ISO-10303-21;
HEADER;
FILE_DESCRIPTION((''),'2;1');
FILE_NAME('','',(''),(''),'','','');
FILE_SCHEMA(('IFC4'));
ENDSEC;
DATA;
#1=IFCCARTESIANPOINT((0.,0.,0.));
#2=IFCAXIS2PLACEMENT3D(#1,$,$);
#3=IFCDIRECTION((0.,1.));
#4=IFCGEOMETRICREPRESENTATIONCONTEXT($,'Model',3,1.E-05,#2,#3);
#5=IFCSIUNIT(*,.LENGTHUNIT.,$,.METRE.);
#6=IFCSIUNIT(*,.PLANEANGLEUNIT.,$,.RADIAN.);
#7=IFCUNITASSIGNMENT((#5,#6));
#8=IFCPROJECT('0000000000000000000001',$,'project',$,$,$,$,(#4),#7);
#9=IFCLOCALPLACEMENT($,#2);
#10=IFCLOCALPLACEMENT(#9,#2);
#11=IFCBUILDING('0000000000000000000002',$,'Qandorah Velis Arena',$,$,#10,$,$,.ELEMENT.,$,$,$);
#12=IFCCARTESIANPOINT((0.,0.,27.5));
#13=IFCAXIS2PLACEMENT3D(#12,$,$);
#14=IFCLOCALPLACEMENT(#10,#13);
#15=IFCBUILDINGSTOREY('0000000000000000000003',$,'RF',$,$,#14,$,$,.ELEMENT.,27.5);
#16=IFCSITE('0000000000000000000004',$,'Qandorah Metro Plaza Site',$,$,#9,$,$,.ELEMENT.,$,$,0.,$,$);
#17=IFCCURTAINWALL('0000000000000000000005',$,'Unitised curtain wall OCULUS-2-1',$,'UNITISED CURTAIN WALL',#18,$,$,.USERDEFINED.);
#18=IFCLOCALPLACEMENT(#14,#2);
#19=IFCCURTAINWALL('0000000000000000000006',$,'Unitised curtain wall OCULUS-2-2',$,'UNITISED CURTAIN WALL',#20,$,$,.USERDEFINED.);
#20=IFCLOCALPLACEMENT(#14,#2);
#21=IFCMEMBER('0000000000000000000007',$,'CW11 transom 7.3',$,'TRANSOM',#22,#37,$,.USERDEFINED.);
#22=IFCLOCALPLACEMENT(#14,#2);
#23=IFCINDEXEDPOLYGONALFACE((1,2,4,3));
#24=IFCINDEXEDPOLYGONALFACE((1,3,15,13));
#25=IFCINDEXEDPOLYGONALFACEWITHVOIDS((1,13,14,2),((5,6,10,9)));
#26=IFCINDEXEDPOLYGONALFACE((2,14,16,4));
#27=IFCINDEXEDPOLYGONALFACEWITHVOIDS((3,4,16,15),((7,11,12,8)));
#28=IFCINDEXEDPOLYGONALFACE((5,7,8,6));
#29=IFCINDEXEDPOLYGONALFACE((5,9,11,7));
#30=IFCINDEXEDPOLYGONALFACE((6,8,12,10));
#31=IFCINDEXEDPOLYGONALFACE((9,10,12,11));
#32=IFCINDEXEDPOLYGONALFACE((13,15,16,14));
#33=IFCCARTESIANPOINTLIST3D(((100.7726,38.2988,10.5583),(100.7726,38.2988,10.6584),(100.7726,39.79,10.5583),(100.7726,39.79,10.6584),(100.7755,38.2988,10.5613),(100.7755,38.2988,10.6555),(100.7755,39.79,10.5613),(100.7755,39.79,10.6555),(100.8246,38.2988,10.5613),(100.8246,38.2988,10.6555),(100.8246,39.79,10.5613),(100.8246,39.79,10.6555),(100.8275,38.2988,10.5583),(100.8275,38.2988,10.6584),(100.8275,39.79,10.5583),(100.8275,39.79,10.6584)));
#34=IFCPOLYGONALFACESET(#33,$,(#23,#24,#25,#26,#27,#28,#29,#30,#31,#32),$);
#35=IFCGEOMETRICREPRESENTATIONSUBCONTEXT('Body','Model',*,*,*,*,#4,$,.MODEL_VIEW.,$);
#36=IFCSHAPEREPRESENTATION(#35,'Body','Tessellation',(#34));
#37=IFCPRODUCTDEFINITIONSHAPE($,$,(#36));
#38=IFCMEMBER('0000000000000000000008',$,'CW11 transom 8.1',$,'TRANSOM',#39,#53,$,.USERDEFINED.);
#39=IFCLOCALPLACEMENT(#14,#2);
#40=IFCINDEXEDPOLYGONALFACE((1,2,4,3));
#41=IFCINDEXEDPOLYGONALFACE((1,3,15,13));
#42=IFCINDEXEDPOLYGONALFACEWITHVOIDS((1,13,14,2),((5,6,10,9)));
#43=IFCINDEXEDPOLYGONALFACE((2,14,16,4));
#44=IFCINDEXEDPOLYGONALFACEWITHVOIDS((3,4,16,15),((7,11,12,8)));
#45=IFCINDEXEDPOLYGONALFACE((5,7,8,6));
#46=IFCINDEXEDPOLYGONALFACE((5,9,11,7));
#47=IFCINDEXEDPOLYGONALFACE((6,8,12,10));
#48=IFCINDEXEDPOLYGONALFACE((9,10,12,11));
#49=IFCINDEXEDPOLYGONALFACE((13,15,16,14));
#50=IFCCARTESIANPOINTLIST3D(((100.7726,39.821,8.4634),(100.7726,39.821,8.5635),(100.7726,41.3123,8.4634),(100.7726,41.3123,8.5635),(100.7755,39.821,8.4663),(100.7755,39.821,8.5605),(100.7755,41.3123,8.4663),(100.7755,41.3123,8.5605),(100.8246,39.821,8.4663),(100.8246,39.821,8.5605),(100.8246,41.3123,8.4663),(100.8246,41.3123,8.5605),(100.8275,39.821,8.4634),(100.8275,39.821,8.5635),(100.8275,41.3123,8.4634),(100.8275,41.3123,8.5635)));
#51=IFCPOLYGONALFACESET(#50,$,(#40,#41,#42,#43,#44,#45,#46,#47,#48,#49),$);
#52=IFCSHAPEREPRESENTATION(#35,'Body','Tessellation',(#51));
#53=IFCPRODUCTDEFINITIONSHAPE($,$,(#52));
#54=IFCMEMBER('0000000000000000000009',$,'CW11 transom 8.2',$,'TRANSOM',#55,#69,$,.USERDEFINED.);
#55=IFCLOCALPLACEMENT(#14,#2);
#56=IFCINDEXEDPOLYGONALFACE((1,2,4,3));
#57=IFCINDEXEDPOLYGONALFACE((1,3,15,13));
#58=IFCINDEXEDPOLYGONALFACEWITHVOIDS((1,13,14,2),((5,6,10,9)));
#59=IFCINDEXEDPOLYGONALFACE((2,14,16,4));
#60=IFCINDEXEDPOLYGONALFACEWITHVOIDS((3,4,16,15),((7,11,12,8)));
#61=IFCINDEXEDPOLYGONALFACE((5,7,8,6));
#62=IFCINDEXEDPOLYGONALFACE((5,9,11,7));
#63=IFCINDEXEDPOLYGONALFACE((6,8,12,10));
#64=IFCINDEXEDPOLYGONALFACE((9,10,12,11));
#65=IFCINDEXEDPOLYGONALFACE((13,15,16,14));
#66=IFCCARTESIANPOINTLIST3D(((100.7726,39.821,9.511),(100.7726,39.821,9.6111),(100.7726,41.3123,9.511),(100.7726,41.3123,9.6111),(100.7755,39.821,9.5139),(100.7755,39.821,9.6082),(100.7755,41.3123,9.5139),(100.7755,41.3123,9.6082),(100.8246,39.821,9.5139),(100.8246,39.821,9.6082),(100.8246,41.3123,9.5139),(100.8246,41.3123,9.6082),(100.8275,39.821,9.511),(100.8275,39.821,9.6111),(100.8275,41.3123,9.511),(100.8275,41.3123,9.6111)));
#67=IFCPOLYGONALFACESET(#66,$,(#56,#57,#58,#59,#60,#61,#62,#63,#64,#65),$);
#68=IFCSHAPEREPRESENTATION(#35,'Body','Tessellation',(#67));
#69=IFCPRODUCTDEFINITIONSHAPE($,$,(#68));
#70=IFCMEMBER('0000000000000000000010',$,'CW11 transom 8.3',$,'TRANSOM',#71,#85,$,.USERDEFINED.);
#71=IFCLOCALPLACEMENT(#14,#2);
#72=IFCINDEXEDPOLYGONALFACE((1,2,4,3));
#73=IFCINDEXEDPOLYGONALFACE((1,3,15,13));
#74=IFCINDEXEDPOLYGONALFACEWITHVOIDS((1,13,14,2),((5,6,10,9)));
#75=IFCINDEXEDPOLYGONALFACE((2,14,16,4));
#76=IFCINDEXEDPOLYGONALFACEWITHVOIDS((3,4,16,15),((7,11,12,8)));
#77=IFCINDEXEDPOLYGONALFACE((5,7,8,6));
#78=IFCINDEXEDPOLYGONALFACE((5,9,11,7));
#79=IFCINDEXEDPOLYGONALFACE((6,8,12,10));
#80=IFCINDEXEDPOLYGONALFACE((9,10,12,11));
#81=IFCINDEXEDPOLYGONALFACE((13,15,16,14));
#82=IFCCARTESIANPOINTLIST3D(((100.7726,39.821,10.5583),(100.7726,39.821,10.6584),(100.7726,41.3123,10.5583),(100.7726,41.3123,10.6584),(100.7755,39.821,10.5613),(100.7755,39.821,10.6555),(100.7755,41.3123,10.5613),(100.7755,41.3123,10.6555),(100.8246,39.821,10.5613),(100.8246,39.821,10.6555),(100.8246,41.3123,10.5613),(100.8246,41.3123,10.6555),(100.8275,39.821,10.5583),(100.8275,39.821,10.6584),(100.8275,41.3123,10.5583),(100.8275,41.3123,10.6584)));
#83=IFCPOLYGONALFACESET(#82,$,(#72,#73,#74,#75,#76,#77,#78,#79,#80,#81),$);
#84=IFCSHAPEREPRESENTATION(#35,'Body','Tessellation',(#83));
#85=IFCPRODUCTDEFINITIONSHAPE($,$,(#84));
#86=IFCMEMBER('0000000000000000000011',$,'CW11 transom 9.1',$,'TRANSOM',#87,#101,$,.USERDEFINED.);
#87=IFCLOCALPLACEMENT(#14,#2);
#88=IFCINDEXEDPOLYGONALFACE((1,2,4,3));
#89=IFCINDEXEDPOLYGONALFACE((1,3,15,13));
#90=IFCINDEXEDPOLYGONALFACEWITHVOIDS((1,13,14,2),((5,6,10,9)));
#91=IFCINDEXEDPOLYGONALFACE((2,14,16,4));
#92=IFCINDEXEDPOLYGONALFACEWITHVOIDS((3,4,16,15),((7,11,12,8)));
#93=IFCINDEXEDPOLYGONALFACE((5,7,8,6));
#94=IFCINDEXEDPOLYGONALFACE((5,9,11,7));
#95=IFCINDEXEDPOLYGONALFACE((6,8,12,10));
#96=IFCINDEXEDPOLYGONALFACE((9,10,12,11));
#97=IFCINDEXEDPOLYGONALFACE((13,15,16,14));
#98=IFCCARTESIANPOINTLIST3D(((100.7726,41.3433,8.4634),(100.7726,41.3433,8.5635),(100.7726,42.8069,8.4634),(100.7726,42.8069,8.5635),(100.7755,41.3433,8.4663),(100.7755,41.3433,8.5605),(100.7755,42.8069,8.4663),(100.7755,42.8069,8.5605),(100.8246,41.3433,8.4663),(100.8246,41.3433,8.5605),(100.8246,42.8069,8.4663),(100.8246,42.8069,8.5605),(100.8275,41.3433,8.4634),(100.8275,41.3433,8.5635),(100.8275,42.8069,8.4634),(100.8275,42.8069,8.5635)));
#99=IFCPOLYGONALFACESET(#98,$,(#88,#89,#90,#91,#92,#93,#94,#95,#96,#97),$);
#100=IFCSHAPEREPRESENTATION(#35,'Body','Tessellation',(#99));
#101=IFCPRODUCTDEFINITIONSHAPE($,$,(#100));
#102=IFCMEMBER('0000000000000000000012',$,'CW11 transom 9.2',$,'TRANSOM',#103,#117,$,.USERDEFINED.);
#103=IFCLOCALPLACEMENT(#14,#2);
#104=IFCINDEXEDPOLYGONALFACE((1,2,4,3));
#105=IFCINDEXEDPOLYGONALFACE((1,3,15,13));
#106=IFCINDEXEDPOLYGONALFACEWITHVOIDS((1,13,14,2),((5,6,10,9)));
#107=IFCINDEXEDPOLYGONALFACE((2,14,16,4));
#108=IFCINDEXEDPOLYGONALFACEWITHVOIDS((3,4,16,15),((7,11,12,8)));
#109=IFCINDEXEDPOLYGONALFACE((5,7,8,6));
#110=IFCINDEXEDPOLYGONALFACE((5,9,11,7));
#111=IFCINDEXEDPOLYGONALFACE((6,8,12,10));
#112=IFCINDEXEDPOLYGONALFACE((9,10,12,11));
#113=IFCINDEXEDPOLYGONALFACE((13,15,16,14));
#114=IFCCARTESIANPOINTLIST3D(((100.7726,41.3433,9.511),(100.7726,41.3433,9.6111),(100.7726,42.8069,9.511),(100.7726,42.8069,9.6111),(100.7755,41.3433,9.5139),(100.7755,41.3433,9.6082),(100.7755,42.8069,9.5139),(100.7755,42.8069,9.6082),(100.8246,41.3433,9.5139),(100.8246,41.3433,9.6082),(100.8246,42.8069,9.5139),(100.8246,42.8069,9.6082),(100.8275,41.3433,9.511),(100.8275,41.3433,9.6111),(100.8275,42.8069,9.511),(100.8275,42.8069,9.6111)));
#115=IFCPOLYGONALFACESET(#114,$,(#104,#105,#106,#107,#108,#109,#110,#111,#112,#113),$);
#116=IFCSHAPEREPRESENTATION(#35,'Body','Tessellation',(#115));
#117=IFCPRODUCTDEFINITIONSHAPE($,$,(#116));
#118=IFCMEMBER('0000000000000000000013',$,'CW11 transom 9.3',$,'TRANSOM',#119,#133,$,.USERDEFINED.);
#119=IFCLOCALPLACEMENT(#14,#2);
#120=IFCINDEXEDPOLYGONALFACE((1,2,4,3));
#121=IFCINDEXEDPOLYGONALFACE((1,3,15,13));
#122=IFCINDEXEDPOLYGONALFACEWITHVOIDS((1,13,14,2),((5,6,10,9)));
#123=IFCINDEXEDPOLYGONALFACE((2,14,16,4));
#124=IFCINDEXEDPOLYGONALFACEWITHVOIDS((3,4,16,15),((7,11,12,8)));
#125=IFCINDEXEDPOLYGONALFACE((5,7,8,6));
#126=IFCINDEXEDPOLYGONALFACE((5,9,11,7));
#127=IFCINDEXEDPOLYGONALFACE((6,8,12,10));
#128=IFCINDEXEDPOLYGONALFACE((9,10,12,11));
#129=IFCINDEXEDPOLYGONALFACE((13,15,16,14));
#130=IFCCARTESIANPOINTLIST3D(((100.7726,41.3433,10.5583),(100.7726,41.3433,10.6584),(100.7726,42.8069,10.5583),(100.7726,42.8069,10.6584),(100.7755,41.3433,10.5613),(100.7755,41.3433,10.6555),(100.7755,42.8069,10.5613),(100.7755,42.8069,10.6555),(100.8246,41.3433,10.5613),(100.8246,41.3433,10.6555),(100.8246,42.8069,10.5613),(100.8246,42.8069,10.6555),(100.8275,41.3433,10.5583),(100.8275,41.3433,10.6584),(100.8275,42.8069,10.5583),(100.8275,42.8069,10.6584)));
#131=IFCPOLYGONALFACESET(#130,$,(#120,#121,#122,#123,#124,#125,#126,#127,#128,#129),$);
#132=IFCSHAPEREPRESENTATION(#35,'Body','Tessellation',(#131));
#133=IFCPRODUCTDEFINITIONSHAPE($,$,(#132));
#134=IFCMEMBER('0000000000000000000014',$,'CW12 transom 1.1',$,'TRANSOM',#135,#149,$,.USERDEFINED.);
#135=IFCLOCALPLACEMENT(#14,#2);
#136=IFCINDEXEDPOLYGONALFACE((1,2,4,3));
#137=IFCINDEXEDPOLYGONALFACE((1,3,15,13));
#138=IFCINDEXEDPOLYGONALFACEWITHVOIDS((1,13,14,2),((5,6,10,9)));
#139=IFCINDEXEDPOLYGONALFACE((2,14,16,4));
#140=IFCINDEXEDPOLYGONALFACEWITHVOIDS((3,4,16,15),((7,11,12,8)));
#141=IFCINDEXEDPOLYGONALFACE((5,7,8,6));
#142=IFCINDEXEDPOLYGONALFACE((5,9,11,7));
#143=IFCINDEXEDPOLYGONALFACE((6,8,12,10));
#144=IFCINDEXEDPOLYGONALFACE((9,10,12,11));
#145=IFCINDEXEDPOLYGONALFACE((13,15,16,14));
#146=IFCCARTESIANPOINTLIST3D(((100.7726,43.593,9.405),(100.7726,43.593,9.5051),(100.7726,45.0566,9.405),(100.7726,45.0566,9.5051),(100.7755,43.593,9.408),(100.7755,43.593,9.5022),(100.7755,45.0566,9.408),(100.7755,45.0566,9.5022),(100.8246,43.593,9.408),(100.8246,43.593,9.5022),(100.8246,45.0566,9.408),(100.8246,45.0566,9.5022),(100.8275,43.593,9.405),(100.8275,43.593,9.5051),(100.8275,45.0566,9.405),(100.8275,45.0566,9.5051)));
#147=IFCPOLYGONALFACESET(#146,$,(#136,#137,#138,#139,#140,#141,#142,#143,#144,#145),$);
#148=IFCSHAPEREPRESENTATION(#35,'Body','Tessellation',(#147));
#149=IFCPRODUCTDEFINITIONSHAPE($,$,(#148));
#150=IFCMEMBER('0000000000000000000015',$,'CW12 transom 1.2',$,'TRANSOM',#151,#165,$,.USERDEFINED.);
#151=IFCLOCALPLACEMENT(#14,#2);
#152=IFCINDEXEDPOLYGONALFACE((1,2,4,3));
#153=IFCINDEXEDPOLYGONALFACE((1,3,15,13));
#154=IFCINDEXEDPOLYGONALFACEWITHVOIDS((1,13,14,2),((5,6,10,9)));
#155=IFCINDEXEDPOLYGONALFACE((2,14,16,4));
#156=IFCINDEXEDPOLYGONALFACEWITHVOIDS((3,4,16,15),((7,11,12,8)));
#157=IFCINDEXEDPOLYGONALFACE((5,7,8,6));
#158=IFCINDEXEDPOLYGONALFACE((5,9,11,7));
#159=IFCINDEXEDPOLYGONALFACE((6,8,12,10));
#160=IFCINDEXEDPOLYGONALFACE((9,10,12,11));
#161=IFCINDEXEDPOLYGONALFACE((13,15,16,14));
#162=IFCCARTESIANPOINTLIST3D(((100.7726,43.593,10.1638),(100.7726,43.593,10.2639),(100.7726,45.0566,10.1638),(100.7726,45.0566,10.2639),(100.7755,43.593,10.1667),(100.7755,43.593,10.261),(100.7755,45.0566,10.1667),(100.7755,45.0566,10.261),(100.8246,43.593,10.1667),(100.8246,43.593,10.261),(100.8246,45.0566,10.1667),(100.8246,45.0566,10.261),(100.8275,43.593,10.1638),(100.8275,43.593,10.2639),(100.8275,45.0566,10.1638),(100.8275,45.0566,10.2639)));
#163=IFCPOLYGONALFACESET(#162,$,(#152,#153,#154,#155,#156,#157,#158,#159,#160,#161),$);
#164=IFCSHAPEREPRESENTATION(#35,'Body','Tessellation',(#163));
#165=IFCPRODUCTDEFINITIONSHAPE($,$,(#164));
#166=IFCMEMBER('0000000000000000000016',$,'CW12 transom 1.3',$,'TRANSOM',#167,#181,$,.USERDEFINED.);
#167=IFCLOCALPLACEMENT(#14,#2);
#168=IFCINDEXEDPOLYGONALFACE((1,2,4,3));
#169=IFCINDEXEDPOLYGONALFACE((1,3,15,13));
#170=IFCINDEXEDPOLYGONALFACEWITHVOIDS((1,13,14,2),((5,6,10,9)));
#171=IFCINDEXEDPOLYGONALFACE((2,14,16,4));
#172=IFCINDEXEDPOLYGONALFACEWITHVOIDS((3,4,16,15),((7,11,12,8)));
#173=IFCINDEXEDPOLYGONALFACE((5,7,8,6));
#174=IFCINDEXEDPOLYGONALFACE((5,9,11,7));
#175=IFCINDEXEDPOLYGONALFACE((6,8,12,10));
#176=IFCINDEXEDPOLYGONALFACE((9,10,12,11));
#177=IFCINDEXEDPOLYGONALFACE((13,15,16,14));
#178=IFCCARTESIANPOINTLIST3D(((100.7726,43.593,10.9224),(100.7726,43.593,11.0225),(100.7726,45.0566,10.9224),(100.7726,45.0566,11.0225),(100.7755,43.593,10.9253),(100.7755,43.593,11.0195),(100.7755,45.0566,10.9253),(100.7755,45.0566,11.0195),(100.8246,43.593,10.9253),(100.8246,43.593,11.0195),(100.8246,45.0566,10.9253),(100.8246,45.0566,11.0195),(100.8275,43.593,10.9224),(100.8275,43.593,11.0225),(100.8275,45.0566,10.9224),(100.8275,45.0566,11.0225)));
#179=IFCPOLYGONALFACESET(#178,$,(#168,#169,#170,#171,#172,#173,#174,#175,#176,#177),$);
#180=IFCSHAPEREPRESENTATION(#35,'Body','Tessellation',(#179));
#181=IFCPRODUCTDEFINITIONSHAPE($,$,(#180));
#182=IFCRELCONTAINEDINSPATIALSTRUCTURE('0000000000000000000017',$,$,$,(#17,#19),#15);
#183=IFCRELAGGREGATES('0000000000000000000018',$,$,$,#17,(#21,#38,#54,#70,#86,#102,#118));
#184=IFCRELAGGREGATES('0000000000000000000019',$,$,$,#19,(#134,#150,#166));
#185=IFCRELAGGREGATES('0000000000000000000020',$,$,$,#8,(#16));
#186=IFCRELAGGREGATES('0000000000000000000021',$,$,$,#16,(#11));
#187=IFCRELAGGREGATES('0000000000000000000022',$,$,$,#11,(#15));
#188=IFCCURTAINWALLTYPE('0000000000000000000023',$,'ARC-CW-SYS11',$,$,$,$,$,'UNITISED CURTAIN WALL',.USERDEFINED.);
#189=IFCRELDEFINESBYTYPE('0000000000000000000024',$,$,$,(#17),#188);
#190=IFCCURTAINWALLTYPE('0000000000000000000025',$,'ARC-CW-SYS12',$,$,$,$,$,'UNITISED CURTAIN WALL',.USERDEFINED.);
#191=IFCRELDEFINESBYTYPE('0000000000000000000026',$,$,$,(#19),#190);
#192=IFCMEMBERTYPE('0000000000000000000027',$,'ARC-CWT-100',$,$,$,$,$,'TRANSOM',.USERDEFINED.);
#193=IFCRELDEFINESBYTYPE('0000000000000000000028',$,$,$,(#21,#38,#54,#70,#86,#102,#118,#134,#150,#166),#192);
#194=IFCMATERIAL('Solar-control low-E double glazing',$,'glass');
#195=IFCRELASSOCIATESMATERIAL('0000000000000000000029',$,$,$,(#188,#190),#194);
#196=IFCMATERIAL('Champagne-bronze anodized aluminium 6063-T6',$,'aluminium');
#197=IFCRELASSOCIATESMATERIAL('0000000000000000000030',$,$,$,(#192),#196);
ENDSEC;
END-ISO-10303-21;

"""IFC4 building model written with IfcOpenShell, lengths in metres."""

from ifc_helpers import new_model, si_unit, direction, frame, origin, origin_2d, place, context, subcontext, project, spatial, hollow_rectangle, extrude, material, material_profile, profile_set, type_object, element, aggregate, save


model = new_model("IFC4")

# Units and contexts
model_context = context("Model", 3, precision=1e-05, world=origin(), true_north=direction((0.0, 1.0)))
body_context = subcontext(model_context, "Body", "Model", "MODEL_VIEW")
ifc_project = project(units=[si_unit("LENGTHUNIT", "METRE"), si_unit("PLANEANGLEUNIT", "RADIAN")], contexts=[model_context])

# Site, building, storey
site_placement = place(None, origin())
site = spatial("IfcSite", under=ifc_project, at=site_placement, Name="Qandorah Metro Plaza Site", CompositionType="ELEMENT", RefElevation=0.0)
building_placement = place(site_placement, origin())
building = spatial("IfcBuilding", under=site, at=building_placement, Name="Qandorah Velis Arena", CompositionType="ELEMENT")
storey_placement = place(building_placement, frame((0.0, 0.0, 27.5)))
storey = spatial("IfcBuildingStorey", under=building, at=storey_placement, Name="RF", CompositionType="ELEMENT", Elevation=27.5)

# Curtain wall
ifc_material_1 = material(Name="Solar-control low-E double glazing", Category="glass")
curtain_wall_type_1 = type_object("IfcCurtainWallType", Name="ARC-CW-SYS11", ElementType="UNITISED CURTAIN WALL", PredefinedType="USERDEFINED", material=ifc_material_1)
curtain_wall_1_placement = place(storey_placement, origin())
curtain_wall_1 = element("IfcCurtainWall", 1, at=curtain_wall_1_placement, inside=storey, type_object=curtain_wall_type_1, Name="Unitised curtain wall OCULUS-2-1", ObjectType="UNITISED CURTAIN WALL", PredefinedType="USERDEFINED")
ifc_material_2 = material(Name="Champagne-bronze anodized aluminium 6063-T6", Category="aluminium")

# Curtain wall
curtain_wall_type_2 = type_object("IfcCurtainWallType", Name="ARC-CW-SYS12", ElementType="UNITISED CURTAIN WALL", PredefinedType="USERDEFINED", material=ifc_material_1)
curtain_wall_2_placement = place(storey_placement, origin())
curtain_wall_2 = element("IfcCurtainWall", 2, at=curtain_wall_2_placement, inside=storey, type_object=curtain_wall_type_2, Name="Unitised curtain wall OCULUS-2-2", ObjectType="UNITISED CURTAIN WALL", PredefinedType="USERDEFINED")

# Members
ifc_material_profile_1 = material_profile(ifc_material_2, hollow_rectangle(XDim=0.0549, YDim=0.1001, WallThickness=0.0029, at=origin_2d()), Name="ALU TRANSOM 55x100")
ifc_profile_set_1 = profile_set([ifc_material_profile_1], Name="Champagne-bronze anodized aluminium 6063-T6")
member_type_1 = type_object("IfcMemberType", Name="ARC-CWT-100", ElementType="TRANSOM", PredefinedType="USERDEFINED", material=ifc_profile_set_1)
member_1_placement = place(storey_placement, frame((100.8, 38.2988, 10.6084), z_axis=(0.0, 1.0, 0.0), x_axis=(-1.0, 0.0, 0.0)))
member_1 = element("IfcMember", 3, at=member_1_placement, type_object=member_type_1, Name="CW11 transom 7.3", ObjectType="TRANSOM", PredefinedType="USERDEFINED", context=body_context, shape_type="SweptSolid", body=[
    extrude(hollow_rectangle(XDim=0.0549, YDim=0.1001, WallThickness=0.0029, at=origin_2d()), origin(), (0.0, 0.0, 1.0), 1.4912),
])
member_2_placement = place(storey_placement, frame((100.8, 39.821, 8.5134), z_axis=(0.0, 1.0, 0.0), x_axis=(-1.0, 0.0, 0.0)))
member_2 = element("IfcMember", 4, at=member_2_placement, type_object=member_type_1, Name="CW11 transom 8.1", ObjectType="TRANSOM", PredefinedType="USERDEFINED", context=body_context, shape_type="SweptSolid", body=[
    extrude(hollow_rectangle(XDim=0.0549, YDim=0.1001, WallThickness=0.0029, at=origin_2d()), origin(), (0.0, 0.0, 1.0), 1.4912),
])
member_3_placement = place(storey_placement, frame((100.8, 39.821, 9.561), z_axis=(0.0, 1.0, 0.0), x_axis=(-1.0, 0.0, 0.0)))
member_3 = element("IfcMember", 5, at=member_3_placement, type_object=member_type_1, Name="CW11 transom 8.2", ObjectType="TRANSOM", PredefinedType="USERDEFINED", context=body_context, shape_type="SweptSolid", body=[
    extrude(hollow_rectangle(XDim=0.0549, YDim=0.1001, WallThickness=0.0029, at=origin_2d()), origin(), (0.0, 0.0, 1.0), 1.4912),
])
member_4_placement = place(storey_placement, frame((100.8, 39.821, 10.6084), z_axis=(0.0, 1.0, 0.0), x_axis=(-1.0, 0.0, 0.0)))
member_4 = element("IfcMember", 6, at=member_4_placement, type_object=member_type_1, Name="CW11 transom 8.3", ObjectType="TRANSOM", PredefinedType="USERDEFINED", context=body_context, shape_type="SweptSolid", body=[
    extrude(hollow_rectangle(XDim=0.0549, YDim=0.1001, WallThickness=0.0029, at=origin_2d()), origin(), (0.0, 0.0, 1.0), 1.4912),
])
member_5_placement = place(storey_placement, frame((100.8, 41.3433, 8.5134), z_axis=(0.0, 1.0, 0.0), x_axis=(-1.0, 0.0, 0.0)))
member_5 = element("IfcMember", 7, at=member_5_placement, type_object=member_type_1, Name="CW11 transom 9.1", ObjectType="TRANSOM", PredefinedType="USERDEFINED", context=body_context, shape_type="SweptSolid", body=[
    extrude(hollow_rectangle(XDim=0.0549, YDim=0.1001, WallThickness=0.0029, at=origin_2d()), origin(), (0.0, 0.0, 1.0), 1.4636),
])
member_6_placement = place(storey_placement, frame((100.8, 41.3433, 9.561), z_axis=(0.0, 1.0, 0.0), x_axis=(-1.0, 0.0, 0.0)))
member_6 = element("IfcMember", 8, at=member_6_placement, type_object=member_type_1, Name="CW11 transom 9.2", ObjectType="TRANSOM", PredefinedType="USERDEFINED", context=body_context, shape_type="SweptSolid", body=[
    extrude(hollow_rectangle(XDim=0.0549, YDim=0.1001, WallThickness=0.0029, at=origin_2d()), origin(), (0.0, 0.0, 1.0), 1.4636),
])
member_7_placement = place(storey_placement, frame((100.8, 41.3433, 10.6084), z_axis=(0.0, 1.0, 0.0), x_axis=(-1.0, 0.0, 0.0)))
member_7 = element("IfcMember", 9, at=member_7_placement, type_object=member_type_1, Name="CW11 transom 9.3", ObjectType="TRANSOM", PredefinedType="USERDEFINED", context=body_context, shape_type="SweptSolid", body=[
    extrude(hollow_rectangle(XDim=0.0549, YDim=0.1001, WallThickness=0.0029, at=origin_2d()), origin(), (0.0, 0.0, 1.0), 1.4636),
])
member_8_placement = place(storey_placement, frame((100.8, 43.593, 9.4551), z_axis=(0.0, 1.0, 0.0), x_axis=(-1.0, 0.0, 0.0)))
member_8 = element("IfcMember", 10, at=member_8_placement, type_object=member_type_1, Name="CW12 transom 1.1", ObjectType="TRANSOM", PredefinedType="USERDEFINED", context=body_context, shape_type="SweptSolid", body=[
    extrude(hollow_rectangle(XDim=0.0549, YDim=0.1001, WallThickness=0.0029, at=origin_2d()), origin(), (0.0, 0.0, 1.0), 1.4636),
])
member_9_placement = place(storey_placement, frame((100.8, 43.593, 10.2139), z_axis=(0.0, 1.0, 0.0), x_axis=(-1.0, 0.0, 0.0)))
member_9 = element("IfcMember", 11, at=member_9_placement, type_object=member_type_1, Name="CW12 transom 1.2", ObjectType="TRANSOM", PredefinedType="USERDEFINED", context=body_context, shape_type="SweptSolid", body=[
    extrude(hollow_rectangle(XDim=0.0549, YDim=0.1001, WallThickness=0.0029, at=origin_2d()), origin(), (0.0, 0.0, 1.0), 1.4636),
])
member_10_placement = place(storey_placement, frame((100.8, 43.593, 10.9724), z_axis=(0.0, 1.0, 0.0), x_axis=(-1.0, 0.0, 0.0)))
member_10 = element("IfcMember", 12, at=member_10_placement, type_object=member_type_1, Name="CW12 transom 1.3", ObjectType="TRANSOM", PredefinedType="USERDEFINED", context=body_context, shape_type="SweptSolid", body=[
    extrude(hollow_rectangle(XDim=0.0549, YDim=0.1001, WallThickness=0.0029, at=origin_2d()), origin(), (0.0, 0.0, 1.0), 1.4636),
])

aggregate(curtain_wall_1, [member_1, member_2, member_3, member_4, member_5, member_6, member_7])
aggregate(curtain_wall_2, [member_8, member_9, member_10])

save(model, "model.ifc")
